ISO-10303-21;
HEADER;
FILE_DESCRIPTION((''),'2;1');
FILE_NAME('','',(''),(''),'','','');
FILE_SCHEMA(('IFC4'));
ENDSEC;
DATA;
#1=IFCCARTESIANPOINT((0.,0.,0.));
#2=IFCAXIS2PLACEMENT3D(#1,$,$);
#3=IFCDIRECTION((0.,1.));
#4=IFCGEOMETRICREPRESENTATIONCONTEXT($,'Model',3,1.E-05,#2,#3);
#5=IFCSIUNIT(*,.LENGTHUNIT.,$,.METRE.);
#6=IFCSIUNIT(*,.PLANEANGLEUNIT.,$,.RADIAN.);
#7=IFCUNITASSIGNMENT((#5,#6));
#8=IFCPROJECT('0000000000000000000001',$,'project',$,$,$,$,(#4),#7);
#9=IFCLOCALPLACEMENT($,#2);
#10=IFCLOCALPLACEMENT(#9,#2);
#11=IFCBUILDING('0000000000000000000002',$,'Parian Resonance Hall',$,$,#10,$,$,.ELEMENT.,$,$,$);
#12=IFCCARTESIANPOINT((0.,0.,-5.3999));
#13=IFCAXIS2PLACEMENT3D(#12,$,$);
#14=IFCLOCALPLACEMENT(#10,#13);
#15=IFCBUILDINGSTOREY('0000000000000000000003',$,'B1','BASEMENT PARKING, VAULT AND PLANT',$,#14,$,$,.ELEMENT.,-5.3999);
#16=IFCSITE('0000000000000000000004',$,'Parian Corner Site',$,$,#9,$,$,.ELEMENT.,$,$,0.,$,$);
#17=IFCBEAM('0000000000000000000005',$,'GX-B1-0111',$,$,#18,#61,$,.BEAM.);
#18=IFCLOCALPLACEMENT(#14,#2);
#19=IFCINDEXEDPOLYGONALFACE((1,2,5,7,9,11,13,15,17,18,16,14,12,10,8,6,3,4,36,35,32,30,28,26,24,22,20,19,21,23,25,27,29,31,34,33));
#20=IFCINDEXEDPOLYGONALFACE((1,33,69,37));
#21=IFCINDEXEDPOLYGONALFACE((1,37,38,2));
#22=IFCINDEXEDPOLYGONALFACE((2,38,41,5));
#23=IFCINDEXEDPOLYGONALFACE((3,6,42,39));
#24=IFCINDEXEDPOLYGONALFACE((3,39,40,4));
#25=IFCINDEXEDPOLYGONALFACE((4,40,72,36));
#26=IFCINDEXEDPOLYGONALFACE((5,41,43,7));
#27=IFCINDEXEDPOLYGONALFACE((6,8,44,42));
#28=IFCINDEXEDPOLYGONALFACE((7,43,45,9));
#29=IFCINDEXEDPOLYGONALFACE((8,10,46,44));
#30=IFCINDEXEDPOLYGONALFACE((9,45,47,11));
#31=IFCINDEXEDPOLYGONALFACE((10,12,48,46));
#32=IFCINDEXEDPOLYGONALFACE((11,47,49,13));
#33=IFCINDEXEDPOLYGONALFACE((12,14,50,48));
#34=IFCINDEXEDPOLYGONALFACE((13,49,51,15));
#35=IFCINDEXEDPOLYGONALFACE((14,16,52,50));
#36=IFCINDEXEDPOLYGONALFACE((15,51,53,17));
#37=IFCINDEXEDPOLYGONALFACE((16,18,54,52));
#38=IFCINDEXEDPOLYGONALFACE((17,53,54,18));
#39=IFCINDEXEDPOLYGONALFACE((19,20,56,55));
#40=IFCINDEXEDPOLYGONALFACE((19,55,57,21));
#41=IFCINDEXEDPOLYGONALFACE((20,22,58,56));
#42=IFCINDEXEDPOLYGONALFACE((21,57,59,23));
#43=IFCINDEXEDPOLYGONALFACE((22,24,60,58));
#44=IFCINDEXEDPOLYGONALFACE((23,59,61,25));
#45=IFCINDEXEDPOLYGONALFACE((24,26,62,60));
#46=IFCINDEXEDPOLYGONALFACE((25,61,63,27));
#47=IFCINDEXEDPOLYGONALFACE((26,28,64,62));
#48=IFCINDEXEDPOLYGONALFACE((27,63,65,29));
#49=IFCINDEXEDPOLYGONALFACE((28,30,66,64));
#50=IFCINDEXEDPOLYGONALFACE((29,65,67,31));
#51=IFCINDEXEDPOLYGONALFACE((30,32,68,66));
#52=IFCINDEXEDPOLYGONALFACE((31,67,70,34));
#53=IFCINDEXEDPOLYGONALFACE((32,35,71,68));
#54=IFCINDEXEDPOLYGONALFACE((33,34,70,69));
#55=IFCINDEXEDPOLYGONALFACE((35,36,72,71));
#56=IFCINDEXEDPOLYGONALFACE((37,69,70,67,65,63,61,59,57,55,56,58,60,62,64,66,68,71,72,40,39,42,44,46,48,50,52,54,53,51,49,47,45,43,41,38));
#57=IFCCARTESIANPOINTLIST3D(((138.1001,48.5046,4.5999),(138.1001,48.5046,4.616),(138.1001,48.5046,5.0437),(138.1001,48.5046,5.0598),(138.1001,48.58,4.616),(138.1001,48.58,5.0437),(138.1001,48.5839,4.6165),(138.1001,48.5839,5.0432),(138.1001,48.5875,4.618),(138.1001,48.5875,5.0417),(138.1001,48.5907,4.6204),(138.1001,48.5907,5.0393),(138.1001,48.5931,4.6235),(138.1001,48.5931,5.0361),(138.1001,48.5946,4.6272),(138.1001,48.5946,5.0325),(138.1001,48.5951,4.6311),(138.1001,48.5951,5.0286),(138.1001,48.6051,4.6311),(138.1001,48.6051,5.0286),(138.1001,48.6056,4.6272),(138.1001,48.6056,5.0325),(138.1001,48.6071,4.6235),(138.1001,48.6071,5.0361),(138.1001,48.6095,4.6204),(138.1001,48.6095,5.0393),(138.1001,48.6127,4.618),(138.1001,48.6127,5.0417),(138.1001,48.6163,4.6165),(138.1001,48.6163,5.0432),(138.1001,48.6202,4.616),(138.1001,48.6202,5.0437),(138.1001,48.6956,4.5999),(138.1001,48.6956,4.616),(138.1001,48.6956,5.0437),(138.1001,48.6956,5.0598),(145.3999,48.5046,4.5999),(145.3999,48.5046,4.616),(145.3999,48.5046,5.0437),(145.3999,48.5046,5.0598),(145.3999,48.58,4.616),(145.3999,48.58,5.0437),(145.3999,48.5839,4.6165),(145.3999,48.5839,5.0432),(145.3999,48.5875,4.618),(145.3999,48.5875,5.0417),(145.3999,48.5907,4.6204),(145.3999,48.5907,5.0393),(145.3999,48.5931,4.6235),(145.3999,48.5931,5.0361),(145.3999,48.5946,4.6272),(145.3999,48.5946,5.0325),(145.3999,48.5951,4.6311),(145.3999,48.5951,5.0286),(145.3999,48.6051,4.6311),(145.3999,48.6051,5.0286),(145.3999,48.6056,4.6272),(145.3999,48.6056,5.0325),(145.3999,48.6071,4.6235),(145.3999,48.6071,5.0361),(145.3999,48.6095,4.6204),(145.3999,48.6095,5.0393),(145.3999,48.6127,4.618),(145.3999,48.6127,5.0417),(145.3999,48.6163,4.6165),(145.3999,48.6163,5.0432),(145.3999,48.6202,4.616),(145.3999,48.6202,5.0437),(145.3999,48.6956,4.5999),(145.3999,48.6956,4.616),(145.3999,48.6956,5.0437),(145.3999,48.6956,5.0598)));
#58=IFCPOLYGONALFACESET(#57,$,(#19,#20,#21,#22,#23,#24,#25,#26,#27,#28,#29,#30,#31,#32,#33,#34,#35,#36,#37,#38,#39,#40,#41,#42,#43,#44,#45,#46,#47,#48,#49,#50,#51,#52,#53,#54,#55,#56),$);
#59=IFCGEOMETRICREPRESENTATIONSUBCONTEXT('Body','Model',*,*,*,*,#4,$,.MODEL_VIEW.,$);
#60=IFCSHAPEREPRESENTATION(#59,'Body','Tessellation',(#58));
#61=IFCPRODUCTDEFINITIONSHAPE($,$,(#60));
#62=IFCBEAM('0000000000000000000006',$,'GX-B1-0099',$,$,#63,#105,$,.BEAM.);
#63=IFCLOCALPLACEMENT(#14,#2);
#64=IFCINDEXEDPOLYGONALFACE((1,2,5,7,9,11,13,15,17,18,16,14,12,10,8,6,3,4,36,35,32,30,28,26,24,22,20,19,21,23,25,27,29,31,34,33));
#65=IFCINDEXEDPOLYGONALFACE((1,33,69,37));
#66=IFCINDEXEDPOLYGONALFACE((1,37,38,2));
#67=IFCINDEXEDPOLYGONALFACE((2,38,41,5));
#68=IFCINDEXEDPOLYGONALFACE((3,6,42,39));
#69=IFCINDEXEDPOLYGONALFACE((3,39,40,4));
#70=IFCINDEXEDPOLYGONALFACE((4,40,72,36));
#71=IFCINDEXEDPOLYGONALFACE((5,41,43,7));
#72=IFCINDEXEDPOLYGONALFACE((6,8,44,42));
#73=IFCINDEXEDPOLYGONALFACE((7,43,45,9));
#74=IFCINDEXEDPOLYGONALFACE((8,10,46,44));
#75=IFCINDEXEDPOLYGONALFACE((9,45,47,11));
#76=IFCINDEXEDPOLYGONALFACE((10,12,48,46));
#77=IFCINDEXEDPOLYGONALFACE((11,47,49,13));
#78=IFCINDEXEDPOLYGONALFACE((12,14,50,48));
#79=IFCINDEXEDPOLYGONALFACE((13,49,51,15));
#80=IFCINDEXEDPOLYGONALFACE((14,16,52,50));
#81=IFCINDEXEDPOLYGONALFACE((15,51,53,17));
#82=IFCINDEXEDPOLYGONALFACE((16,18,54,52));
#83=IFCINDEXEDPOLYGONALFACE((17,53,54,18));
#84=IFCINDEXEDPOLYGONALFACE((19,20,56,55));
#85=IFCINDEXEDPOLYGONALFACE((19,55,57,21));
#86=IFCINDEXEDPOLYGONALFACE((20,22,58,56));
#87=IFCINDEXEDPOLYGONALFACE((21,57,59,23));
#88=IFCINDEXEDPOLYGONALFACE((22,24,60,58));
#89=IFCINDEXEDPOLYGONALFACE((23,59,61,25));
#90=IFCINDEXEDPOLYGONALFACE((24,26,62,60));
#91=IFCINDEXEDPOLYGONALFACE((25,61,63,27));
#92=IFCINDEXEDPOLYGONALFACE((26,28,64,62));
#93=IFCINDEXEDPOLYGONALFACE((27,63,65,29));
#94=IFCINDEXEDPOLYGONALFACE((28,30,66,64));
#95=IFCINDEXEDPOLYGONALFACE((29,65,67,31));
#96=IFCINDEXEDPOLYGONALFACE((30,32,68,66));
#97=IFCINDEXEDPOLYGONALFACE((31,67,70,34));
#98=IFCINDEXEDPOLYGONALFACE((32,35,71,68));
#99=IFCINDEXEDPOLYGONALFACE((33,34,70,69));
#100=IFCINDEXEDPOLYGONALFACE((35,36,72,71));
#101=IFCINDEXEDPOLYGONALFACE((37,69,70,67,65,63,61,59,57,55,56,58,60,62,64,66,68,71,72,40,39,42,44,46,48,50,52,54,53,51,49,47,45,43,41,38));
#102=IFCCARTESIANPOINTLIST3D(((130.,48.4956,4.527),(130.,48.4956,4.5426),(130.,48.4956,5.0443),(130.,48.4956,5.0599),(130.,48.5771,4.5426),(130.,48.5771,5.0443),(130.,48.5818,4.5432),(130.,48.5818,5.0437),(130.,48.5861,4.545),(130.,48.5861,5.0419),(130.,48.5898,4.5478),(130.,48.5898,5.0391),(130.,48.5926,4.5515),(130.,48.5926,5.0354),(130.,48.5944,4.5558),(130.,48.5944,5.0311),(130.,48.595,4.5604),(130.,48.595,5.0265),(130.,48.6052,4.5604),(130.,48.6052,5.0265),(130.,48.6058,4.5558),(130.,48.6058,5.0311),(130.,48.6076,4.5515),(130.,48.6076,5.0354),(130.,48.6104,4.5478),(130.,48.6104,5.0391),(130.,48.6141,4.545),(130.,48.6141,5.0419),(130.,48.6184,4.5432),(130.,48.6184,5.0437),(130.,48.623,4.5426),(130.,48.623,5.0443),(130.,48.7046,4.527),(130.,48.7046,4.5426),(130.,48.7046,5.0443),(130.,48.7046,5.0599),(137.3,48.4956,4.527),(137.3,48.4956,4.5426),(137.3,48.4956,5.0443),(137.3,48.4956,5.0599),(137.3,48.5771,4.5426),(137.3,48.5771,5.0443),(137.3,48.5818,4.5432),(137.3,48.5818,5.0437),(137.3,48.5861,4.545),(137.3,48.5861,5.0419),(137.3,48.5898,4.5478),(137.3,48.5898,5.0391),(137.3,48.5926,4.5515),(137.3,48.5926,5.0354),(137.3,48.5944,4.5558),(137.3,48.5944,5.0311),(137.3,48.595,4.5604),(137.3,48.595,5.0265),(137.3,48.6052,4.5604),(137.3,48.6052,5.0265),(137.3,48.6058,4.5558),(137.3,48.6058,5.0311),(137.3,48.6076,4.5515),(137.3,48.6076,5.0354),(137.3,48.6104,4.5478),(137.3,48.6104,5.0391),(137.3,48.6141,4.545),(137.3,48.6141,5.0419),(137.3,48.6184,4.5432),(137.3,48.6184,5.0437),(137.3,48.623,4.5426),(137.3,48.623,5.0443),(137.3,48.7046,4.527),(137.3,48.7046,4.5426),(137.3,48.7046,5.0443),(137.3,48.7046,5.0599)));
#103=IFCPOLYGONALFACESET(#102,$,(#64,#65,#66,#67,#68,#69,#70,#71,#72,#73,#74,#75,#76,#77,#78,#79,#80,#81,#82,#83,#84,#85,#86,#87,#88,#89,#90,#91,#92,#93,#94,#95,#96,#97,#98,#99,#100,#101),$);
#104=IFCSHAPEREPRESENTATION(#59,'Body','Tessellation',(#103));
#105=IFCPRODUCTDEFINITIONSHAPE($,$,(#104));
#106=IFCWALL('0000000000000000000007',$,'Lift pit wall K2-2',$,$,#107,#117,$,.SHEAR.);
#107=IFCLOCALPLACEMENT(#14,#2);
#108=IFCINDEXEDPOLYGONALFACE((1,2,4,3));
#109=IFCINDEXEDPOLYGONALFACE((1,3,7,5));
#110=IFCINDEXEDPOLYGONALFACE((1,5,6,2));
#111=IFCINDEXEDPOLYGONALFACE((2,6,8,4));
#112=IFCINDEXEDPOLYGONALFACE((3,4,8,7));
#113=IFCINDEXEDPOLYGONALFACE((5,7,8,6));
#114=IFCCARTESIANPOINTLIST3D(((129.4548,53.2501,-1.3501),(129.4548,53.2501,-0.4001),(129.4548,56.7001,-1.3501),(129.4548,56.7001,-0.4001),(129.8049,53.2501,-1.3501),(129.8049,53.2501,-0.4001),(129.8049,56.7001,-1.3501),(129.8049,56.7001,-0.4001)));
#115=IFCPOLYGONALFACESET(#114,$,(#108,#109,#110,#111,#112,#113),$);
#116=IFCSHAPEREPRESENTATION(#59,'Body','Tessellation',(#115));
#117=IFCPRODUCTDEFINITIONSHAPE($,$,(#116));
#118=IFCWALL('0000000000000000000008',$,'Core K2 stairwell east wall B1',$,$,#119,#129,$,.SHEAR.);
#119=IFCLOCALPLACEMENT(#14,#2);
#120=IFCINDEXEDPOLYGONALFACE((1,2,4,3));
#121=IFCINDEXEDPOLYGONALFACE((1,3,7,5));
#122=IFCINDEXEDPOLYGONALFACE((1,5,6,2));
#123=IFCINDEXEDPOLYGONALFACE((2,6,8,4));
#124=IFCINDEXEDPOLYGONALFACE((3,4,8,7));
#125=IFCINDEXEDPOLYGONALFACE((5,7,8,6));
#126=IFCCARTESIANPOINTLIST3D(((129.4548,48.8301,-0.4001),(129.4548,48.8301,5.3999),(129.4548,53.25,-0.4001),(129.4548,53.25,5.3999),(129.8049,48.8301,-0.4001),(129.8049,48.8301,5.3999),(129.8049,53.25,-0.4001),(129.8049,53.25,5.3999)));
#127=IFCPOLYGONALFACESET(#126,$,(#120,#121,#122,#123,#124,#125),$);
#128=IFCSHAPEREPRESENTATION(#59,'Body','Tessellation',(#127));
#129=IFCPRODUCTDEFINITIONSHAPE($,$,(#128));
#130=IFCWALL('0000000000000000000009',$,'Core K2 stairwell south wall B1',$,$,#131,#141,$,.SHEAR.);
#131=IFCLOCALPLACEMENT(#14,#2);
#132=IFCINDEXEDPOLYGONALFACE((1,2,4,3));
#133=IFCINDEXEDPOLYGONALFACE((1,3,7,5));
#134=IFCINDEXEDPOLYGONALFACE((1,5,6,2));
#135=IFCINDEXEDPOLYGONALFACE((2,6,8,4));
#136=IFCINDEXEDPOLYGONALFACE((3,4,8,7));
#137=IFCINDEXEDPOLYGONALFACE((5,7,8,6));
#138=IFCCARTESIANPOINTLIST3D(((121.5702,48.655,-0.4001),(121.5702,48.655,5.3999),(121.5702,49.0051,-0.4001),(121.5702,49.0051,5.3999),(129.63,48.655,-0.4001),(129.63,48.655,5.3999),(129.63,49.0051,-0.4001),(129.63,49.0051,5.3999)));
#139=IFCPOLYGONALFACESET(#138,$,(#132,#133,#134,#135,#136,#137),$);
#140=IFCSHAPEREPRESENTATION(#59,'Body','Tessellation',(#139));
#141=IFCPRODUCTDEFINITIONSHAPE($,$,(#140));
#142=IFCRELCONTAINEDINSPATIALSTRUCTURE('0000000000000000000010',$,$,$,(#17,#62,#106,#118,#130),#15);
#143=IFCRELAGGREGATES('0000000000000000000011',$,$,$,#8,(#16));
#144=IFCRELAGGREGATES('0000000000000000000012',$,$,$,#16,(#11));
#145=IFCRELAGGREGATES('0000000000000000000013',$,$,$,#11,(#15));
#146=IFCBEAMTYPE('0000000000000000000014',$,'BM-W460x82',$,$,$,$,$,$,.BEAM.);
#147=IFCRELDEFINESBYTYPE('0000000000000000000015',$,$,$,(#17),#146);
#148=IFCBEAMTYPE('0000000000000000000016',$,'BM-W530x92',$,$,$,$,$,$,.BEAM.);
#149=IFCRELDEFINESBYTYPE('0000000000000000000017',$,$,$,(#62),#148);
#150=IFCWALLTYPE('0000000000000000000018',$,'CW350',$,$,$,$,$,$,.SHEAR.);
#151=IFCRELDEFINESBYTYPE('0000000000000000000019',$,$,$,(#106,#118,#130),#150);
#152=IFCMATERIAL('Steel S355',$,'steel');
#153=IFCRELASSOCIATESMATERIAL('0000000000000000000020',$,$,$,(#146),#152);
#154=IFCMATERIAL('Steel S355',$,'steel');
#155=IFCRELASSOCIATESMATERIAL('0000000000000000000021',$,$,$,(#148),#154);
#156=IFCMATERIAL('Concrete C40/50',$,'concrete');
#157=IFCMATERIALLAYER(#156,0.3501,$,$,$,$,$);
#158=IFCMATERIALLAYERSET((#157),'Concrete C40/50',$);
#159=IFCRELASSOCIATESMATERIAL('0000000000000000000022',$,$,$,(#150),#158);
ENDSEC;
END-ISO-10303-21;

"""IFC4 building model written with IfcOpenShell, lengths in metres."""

from ifc_helpers import new_model, si_unit, direction, frame, frame_2d, origin, origin_2d, place, context, subcontext, project, spatial, rectangle, i_section, extrude, material, layer, layer_set, material_profile, profile_set, type_object, element, save


model = new_model("IFC4")

# Units and contexts
model_context = context("Model", 3, precision=1e-05, world=origin(), true_north=direction((0.0, 1.0)))
body_context = subcontext(model_context, "Body", "Model", "MODEL_VIEW")
ifc_project = project(units=[si_unit("LENGTHUNIT", "METRE"), si_unit("PLANEANGLEUNIT", "RADIAN")], contexts=[model_context])

# Site, building, storey
site_placement = place(None, origin())
site = spatial("IfcSite", under=ifc_project, at=site_placement, Name="Parian Corner Site", CompositionType="ELEMENT", RefElevation=0.0)
building_placement = place(site_placement, origin())
building = spatial("IfcBuilding", under=site, at=building_placement, Name="Parian Resonance Hall", CompositionType="ELEMENT")
storey_placement = place(building_placement, frame((0.0, 0.0, -5.3999)))
storey = spatial("IfcBuildingStorey", under=building, at=storey_placement, Name="B1", Description="BASEMENT PARKING, VAULT AND PLANT", CompositionType="ELEMENT", Elevation=-5.3999)

# Beams
ifc_material_1 = material(Name="Steel S355", Category="steel")
ifc_material_profile_1 = material_profile(ifc_material_1, i_section(OverallWidth=0.1909, OverallDepth=0.46, WebThickness=0.01, FlangeThickness=0.0161, FilletRadius=0.0151, at=origin_2d()), Name="W460x82")
ifc_profile_set_1 = profile_set([ifc_material_profile_1], Name="Steel S355")
beam_type_1 = type_object("IfcBeamType", Name="BM-W460x82", PredefinedType="BEAM", material=ifc_profile_set_1)
beam_1_placement = place(storey_placement, frame((138.1001, 48.6001, 4.8298), z_axis=(1.0, 0.0, 0.0), x_axis=(0.0, 1.0, 0.0)))
element("IfcBeam", 1, at=beam_1_placement, inside=storey, type_object=beam_type_1, Name="GX-B1-0111", PredefinedType="BEAM", context=body_context, shape_type="SweptSolid", body=[
    extrude(i_section(OverallWidth=0.1909, OverallDepth=0.46, WebThickness=0.01, FlangeThickness=0.0161, FilletRadius=0.0151, at=origin_2d()), origin(), (0.0, 0.0, 1.0), 7.2998),
])
ifc_material_2 = material(Name="Steel S355", Category="steel")
ifc_material_profile_2 = material_profile(ifc_material_2, i_section(OverallWidth=0.209, OverallDepth=0.533, WebThickness=0.0103, FlangeThickness=0.0156, FilletRadius=0.0178, at=origin_2d()), Name="W530x92")
ifc_profile_set_2 = profile_set([ifc_material_profile_2], Name="Steel S355")
beam_type_2 = type_object("IfcBeamType", Name="BM-W530x92", PredefinedType="BEAM", material=ifc_profile_set_2)
beam_2_placement = place(storey_placement, frame((130.0, 48.6001, 4.7935), z_axis=(1.0, 0.0, 0.0), x_axis=(0.0, 1.0, 0.0)))
element("IfcBeam", 2, at=beam_2_placement, inside=storey, type_object=beam_type_2, Name="GX-B1-0099", PredefinedType="BEAM", context=body_context, shape_type="SweptSolid", body=[
    extrude(i_section(OverallWidth=0.209, OverallDepth=0.533, WebThickness=0.0103, FlangeThickness=0.0156, FilletRadius=0.0178, at=origin_2d()), origin(), (0.0, 0.0, 1.0), 7.3),
])

# Walls
ifc_material_3 = material(Name="Concrete C40/50", Category="concrete")
ifc_layer = layer(ifc_material_3, 0.3501)
ifc_layer_set = layer_set([ifc_layer], Name="Concrete C40/50")
wall_type = type_object("IfcWallType", Name="CW350", PredefinedType="SHEAR", material=ifc_layer_set)
wall_1_placement = place(storey_placement, frame((129.6299, 53.25, -1.3501), z_axis=(0.0, 0.0, 1.0), x_axis=(0.0, 1.0, 0.0)))
element("IfcWall", 3, at=wall_1_placement, inside=storey, type_object=wall_type, Name="Lift pit wall K2-2", PredefinedType="SHEAR", context=body_context, shape_type="SweptSolid", body=[
    extrude(rectangle(XDim=3.45, YDim=0.3501, at=frame_2d((1.7251, 0.0))), origin(), (0.0, 0.0, 1.0), 0.95),
])
wall_2_placement = place(storey_placement, frame((129.6299, 53.25, -0.4001), z_axis=(0.0, 0.0, 1.0), x_axis=(0.0, -1.0, 0.0)))
element("IfcWall", 4, at=wall_2_placement, inside=storey, type_object=wall_type, Name="Core K2 stairwell east wall B1", PredefinedType="SHEAR", context=body_context, shape_type="SweptSolid", body=[
    extrude(rectangle(XDim=4.4199, YDim=0.3501, at=frame_2d((2.21, 0.0))), origin(), (0.0, 0.0, 1.0), 5.8),
])
wall_3_placement = place(storey_placement, frame((129.6299, 48.8301, -0.4001), z_axis=(0.0, 0.0, 1.0), x_axis=(-1.0, 0.0, 0.0)))
element("IfcWall", 5, at=wall_3_placement, inside=storey, type_object=wall_type, Name="Core K2 stairwell south wall B1", PredefinedType="SHEAR", context=body_context, shape_type="SweptSolid", body=[
    extrude(rectangle(XDim=8.0598, YDim=0.3501, at=frame_2d((4.0298, 0.0))), origin(), (0.0, 0.0, 1.0), 5.8),
])

save(model, "model.ifc")
